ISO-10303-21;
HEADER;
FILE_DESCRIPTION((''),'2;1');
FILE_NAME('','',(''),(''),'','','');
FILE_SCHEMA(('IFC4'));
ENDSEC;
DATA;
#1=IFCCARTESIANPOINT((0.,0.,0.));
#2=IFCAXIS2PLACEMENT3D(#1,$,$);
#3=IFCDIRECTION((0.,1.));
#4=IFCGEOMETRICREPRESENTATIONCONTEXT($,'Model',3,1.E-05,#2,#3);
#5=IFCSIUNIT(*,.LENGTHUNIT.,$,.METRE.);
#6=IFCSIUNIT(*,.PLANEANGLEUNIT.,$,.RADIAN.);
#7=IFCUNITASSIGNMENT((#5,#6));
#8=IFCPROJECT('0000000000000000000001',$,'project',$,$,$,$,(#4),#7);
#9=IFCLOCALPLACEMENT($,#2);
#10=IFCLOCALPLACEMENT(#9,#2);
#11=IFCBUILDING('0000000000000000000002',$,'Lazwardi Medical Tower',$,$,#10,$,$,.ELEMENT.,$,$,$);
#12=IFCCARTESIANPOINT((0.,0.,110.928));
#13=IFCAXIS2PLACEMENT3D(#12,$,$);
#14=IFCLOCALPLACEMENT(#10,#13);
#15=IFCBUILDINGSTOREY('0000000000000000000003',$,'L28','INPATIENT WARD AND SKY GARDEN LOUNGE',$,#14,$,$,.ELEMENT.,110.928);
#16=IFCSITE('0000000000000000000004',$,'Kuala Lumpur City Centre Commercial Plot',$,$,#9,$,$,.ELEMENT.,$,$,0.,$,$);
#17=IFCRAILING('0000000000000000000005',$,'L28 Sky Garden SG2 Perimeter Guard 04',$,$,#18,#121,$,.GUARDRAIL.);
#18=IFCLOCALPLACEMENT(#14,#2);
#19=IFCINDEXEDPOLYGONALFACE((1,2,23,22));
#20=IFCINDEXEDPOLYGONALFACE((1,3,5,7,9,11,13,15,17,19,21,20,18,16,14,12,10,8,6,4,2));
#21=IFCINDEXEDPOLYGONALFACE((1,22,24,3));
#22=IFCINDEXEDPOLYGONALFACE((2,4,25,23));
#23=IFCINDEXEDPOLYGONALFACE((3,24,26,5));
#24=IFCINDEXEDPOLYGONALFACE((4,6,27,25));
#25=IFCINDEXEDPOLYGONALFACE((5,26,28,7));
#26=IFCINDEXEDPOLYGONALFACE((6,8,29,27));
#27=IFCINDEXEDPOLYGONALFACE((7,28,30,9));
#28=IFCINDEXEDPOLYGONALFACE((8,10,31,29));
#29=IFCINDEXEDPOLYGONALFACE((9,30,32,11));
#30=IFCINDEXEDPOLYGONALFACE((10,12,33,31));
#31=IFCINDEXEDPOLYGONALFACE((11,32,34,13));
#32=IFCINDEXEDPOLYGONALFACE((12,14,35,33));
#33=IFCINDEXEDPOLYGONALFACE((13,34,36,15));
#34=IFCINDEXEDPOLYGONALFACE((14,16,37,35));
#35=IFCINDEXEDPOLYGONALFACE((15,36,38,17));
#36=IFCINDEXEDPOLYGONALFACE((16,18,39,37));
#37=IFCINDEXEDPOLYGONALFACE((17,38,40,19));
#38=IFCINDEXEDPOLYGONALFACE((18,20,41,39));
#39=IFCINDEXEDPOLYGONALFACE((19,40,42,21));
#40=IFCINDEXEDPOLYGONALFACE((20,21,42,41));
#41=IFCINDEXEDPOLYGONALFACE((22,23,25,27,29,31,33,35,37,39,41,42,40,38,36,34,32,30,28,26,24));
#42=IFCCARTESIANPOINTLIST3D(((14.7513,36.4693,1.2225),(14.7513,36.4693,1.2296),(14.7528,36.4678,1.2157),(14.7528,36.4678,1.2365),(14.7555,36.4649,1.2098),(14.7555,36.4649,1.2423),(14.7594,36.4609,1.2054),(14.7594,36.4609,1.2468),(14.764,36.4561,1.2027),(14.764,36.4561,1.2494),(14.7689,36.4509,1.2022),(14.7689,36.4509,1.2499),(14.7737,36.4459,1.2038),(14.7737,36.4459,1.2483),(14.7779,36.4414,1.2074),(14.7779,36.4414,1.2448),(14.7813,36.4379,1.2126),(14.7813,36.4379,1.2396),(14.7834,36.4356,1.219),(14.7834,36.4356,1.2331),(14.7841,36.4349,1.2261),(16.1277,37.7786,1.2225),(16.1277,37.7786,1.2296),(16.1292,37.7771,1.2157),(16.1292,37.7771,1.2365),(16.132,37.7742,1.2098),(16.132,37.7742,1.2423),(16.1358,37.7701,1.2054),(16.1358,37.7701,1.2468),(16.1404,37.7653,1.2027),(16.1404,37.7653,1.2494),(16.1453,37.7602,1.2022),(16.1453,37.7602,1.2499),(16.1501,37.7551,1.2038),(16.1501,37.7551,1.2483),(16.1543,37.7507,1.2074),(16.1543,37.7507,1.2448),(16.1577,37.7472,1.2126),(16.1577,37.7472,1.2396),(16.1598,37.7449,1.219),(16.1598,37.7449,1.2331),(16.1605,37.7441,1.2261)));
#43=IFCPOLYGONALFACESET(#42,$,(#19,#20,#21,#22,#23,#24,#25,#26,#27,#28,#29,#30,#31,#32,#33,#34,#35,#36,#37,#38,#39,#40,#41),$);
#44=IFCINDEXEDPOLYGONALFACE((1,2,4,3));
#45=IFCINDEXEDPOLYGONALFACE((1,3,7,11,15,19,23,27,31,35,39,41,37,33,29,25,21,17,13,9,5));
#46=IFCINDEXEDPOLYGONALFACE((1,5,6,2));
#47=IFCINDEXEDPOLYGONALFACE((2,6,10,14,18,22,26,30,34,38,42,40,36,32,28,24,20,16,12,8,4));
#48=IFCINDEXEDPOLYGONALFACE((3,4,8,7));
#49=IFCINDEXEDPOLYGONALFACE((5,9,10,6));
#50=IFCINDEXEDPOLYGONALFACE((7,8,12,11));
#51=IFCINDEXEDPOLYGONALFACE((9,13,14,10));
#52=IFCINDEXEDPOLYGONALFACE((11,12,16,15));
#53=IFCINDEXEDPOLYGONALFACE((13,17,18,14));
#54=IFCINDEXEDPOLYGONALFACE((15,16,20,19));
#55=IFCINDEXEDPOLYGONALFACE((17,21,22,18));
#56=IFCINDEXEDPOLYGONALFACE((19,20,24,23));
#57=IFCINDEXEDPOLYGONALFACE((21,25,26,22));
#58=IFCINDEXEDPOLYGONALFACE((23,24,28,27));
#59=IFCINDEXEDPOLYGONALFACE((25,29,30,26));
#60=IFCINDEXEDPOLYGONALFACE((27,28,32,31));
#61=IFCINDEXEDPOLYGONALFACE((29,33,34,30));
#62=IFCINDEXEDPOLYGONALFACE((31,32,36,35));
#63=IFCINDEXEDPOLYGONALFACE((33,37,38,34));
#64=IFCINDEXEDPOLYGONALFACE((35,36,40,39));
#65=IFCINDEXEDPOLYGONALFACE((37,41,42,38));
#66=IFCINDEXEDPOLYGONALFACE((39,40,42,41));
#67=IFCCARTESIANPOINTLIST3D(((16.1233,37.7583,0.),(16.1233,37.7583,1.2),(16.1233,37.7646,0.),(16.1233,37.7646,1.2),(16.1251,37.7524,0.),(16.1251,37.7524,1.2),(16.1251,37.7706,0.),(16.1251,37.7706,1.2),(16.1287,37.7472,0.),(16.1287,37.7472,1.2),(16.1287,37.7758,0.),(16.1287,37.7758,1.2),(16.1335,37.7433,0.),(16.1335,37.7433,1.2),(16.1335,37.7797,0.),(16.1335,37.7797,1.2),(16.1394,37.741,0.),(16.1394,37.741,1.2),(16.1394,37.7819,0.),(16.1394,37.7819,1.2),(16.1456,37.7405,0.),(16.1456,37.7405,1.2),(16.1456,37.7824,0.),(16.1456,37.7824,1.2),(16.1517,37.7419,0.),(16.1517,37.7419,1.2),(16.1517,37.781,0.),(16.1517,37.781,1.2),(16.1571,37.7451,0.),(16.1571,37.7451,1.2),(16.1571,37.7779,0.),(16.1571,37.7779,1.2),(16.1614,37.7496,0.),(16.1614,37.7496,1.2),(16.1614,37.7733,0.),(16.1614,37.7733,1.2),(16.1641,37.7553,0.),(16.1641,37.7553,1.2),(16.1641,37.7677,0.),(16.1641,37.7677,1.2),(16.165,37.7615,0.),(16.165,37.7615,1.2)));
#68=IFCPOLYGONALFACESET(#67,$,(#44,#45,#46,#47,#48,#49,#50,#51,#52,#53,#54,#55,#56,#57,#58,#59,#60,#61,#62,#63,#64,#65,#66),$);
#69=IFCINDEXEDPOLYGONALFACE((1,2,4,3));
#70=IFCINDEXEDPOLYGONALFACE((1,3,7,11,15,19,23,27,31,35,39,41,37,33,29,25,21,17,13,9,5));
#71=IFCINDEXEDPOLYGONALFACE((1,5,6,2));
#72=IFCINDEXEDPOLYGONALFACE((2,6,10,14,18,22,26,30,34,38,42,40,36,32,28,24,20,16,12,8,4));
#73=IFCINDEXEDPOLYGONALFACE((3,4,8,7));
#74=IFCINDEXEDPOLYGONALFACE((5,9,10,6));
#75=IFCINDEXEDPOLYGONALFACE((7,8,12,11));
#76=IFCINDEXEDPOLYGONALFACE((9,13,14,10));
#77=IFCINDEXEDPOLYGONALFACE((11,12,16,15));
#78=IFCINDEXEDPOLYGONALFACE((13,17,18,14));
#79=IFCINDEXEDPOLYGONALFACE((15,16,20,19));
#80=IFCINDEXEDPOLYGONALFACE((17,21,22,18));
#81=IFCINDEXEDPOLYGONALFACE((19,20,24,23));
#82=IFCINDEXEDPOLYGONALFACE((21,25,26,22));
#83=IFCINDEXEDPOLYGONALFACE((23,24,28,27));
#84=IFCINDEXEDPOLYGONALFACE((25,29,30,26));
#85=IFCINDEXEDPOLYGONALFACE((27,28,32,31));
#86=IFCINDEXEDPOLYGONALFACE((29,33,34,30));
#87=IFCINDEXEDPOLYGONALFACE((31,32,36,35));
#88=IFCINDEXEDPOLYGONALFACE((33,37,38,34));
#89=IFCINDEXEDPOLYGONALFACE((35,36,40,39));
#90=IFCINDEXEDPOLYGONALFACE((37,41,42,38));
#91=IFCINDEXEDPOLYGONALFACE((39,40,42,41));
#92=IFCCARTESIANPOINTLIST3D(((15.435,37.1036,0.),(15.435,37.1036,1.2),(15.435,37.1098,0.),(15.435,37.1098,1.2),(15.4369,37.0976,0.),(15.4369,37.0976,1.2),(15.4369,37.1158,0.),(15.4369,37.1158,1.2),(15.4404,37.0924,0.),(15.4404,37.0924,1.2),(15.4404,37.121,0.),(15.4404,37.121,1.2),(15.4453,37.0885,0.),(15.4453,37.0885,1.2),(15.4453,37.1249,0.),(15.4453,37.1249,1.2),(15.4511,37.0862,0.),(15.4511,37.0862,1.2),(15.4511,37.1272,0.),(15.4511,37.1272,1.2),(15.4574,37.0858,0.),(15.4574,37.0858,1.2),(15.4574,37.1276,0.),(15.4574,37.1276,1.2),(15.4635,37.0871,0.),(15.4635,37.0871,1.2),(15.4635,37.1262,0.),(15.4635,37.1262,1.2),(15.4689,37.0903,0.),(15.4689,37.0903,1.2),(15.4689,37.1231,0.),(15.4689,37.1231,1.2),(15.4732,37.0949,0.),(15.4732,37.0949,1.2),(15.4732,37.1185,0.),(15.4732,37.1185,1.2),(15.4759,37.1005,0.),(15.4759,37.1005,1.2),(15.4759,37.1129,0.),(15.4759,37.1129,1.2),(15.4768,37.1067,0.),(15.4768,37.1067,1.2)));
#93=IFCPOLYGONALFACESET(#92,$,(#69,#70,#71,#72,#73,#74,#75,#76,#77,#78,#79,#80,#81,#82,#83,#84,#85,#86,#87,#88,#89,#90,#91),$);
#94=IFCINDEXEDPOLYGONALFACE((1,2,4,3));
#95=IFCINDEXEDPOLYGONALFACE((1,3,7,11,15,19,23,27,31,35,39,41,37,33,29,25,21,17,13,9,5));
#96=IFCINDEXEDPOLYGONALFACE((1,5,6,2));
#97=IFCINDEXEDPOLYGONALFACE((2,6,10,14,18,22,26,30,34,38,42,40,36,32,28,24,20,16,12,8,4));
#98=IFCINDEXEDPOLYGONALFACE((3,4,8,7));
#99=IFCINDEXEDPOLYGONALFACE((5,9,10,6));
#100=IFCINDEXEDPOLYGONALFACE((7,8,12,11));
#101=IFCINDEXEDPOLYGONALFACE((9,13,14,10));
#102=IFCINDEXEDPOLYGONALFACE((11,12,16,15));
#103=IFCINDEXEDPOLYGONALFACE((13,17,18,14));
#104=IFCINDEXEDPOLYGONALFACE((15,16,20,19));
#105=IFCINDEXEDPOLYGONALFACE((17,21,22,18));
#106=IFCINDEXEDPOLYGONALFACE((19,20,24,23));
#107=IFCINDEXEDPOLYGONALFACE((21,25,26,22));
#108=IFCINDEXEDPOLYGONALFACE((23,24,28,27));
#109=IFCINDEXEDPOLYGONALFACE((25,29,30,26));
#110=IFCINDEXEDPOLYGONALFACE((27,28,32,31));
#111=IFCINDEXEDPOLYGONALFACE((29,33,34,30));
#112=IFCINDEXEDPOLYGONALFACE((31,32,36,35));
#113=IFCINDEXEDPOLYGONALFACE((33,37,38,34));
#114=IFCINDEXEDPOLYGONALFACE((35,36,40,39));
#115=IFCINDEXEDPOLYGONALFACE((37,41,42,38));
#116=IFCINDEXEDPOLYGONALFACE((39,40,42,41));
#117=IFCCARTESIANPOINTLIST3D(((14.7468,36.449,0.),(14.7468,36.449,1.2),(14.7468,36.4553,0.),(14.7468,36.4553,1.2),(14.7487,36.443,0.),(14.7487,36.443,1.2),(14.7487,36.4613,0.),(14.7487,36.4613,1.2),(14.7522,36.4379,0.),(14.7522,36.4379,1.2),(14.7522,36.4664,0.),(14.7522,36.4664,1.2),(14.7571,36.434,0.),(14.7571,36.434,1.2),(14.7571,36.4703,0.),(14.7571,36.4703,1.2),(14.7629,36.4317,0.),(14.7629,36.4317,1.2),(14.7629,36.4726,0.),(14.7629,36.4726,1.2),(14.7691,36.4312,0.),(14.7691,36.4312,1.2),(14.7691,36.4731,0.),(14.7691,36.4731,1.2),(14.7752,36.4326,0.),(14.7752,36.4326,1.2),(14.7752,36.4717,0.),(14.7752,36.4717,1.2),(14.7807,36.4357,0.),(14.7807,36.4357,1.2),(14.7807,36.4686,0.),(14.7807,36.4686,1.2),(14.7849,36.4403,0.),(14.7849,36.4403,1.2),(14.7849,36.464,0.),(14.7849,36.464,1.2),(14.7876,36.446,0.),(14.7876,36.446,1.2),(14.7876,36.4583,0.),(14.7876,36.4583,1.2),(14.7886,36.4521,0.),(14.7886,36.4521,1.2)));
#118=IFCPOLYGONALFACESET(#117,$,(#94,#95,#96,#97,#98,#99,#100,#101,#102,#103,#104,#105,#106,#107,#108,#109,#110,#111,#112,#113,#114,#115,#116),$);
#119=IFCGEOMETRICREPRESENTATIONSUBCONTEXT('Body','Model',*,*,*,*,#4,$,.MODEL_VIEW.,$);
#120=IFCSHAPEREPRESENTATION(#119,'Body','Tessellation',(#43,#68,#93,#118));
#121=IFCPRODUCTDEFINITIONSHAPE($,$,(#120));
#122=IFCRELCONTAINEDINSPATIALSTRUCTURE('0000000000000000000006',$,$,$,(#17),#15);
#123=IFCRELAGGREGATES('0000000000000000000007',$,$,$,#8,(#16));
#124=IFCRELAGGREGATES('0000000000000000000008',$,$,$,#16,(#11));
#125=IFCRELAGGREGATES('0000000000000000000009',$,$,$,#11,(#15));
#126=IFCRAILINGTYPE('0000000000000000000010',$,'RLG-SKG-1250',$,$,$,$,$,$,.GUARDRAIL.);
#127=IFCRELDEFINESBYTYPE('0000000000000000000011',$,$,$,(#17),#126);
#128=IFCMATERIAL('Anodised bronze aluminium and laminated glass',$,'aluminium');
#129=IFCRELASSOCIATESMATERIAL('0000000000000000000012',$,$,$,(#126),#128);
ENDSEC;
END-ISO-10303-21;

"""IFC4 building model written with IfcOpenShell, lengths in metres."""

from ifc_helpers import new_model, si_unit, direction, frame, origin, origin_2d, place, context, subcontext, project, spatial, circle, extrude, material, type_object, element, save


model = new_model("IFC4")

# Units and contexts
model_context = context("Model", 3, precision=1e-05, world=origin(), true_north=direction((0.0, 1.0)))
body_context = subcontext(model_context, "Body", "Model", "MODEL_VIEW")
ifc_project = project(units=[si_unit("LENGTHUNIT", "METRE"), si_unit("PLANEANGLEUNIT", "RADIAN")], contexts=[model_context])

# Site, building, storey
site_placement = place(None, origin())
site = spatial("IfcSite", under=ifc_project, at=site_placement, Name="Kuala Lumpur City Centre Commercial Plot", CompositionType="ELEMENT", RefElevation=0.0)
building_placement = place(site_placement, origin())
building = spatial("IfcBuilding", under=site, at=building_placement, Name="Lazwardi Medical Tower", CompositionType="ELEMENT")
storey_placement = place(building_placement, frame((0.0, 0.0, 110.928)))
storey = spatial("IfcBuildingStorey", under=building, at=storey_placement, Name="L28", Description="INPATIENT WARD AND SKY GARDEN LOUNGE", CompositionType="ELEMENT", Elevation=110.928)

# Shared definitions
ifc_material_1 = material(Name="Anodised bronze aluminium and laminated glass", Category="aluminium")

# Railing
railing_type = type_object("IfcRailingType", Name="RLG-SKG-1250", PredefinedType="GUARDRAIL", material=ifc_material_1)
railing_1_placement = place(storey_placement, frame((16.144, 37.7615, 0.0)))
element("IfcRailing", 1, at=railing_1_placement, inside=storey, type_object=railing_type, Name="L28 Sky Garden SG2 Perimeter Guard 04", PredefinedType="GUARDRAIL", context=body_context, shape_type="SweptSolid", body=[
    extrude(circle(Radius=0.0239, at=origin_2d()), frame((0.0, 0.0, 1.2261), z_axis=(-0.724556, -0.689215, 0.0), x_axis=(0.689215, -0.724556, 0.0)), (0.0, 0.0, 1.0), 1.8997),
    extrude(circle(Radius=0.021, at=origin_2d()), origin(), (0.0, 0.0, 1.0), 1.2),
    extrude(circle(Radius=0.021, at=origin_2d()), frame((-0.6882, -0.6548, 0.0)), (0.0, 0.0, 1.0), 1.2),
    extrude(circle(Radius=0.021, at=origin_2d()), frame((-1.3765, -1.3093, 0.0)), (0.0, 0.0, 1.0), 1.2),
])

save(model, "model.ifc")
